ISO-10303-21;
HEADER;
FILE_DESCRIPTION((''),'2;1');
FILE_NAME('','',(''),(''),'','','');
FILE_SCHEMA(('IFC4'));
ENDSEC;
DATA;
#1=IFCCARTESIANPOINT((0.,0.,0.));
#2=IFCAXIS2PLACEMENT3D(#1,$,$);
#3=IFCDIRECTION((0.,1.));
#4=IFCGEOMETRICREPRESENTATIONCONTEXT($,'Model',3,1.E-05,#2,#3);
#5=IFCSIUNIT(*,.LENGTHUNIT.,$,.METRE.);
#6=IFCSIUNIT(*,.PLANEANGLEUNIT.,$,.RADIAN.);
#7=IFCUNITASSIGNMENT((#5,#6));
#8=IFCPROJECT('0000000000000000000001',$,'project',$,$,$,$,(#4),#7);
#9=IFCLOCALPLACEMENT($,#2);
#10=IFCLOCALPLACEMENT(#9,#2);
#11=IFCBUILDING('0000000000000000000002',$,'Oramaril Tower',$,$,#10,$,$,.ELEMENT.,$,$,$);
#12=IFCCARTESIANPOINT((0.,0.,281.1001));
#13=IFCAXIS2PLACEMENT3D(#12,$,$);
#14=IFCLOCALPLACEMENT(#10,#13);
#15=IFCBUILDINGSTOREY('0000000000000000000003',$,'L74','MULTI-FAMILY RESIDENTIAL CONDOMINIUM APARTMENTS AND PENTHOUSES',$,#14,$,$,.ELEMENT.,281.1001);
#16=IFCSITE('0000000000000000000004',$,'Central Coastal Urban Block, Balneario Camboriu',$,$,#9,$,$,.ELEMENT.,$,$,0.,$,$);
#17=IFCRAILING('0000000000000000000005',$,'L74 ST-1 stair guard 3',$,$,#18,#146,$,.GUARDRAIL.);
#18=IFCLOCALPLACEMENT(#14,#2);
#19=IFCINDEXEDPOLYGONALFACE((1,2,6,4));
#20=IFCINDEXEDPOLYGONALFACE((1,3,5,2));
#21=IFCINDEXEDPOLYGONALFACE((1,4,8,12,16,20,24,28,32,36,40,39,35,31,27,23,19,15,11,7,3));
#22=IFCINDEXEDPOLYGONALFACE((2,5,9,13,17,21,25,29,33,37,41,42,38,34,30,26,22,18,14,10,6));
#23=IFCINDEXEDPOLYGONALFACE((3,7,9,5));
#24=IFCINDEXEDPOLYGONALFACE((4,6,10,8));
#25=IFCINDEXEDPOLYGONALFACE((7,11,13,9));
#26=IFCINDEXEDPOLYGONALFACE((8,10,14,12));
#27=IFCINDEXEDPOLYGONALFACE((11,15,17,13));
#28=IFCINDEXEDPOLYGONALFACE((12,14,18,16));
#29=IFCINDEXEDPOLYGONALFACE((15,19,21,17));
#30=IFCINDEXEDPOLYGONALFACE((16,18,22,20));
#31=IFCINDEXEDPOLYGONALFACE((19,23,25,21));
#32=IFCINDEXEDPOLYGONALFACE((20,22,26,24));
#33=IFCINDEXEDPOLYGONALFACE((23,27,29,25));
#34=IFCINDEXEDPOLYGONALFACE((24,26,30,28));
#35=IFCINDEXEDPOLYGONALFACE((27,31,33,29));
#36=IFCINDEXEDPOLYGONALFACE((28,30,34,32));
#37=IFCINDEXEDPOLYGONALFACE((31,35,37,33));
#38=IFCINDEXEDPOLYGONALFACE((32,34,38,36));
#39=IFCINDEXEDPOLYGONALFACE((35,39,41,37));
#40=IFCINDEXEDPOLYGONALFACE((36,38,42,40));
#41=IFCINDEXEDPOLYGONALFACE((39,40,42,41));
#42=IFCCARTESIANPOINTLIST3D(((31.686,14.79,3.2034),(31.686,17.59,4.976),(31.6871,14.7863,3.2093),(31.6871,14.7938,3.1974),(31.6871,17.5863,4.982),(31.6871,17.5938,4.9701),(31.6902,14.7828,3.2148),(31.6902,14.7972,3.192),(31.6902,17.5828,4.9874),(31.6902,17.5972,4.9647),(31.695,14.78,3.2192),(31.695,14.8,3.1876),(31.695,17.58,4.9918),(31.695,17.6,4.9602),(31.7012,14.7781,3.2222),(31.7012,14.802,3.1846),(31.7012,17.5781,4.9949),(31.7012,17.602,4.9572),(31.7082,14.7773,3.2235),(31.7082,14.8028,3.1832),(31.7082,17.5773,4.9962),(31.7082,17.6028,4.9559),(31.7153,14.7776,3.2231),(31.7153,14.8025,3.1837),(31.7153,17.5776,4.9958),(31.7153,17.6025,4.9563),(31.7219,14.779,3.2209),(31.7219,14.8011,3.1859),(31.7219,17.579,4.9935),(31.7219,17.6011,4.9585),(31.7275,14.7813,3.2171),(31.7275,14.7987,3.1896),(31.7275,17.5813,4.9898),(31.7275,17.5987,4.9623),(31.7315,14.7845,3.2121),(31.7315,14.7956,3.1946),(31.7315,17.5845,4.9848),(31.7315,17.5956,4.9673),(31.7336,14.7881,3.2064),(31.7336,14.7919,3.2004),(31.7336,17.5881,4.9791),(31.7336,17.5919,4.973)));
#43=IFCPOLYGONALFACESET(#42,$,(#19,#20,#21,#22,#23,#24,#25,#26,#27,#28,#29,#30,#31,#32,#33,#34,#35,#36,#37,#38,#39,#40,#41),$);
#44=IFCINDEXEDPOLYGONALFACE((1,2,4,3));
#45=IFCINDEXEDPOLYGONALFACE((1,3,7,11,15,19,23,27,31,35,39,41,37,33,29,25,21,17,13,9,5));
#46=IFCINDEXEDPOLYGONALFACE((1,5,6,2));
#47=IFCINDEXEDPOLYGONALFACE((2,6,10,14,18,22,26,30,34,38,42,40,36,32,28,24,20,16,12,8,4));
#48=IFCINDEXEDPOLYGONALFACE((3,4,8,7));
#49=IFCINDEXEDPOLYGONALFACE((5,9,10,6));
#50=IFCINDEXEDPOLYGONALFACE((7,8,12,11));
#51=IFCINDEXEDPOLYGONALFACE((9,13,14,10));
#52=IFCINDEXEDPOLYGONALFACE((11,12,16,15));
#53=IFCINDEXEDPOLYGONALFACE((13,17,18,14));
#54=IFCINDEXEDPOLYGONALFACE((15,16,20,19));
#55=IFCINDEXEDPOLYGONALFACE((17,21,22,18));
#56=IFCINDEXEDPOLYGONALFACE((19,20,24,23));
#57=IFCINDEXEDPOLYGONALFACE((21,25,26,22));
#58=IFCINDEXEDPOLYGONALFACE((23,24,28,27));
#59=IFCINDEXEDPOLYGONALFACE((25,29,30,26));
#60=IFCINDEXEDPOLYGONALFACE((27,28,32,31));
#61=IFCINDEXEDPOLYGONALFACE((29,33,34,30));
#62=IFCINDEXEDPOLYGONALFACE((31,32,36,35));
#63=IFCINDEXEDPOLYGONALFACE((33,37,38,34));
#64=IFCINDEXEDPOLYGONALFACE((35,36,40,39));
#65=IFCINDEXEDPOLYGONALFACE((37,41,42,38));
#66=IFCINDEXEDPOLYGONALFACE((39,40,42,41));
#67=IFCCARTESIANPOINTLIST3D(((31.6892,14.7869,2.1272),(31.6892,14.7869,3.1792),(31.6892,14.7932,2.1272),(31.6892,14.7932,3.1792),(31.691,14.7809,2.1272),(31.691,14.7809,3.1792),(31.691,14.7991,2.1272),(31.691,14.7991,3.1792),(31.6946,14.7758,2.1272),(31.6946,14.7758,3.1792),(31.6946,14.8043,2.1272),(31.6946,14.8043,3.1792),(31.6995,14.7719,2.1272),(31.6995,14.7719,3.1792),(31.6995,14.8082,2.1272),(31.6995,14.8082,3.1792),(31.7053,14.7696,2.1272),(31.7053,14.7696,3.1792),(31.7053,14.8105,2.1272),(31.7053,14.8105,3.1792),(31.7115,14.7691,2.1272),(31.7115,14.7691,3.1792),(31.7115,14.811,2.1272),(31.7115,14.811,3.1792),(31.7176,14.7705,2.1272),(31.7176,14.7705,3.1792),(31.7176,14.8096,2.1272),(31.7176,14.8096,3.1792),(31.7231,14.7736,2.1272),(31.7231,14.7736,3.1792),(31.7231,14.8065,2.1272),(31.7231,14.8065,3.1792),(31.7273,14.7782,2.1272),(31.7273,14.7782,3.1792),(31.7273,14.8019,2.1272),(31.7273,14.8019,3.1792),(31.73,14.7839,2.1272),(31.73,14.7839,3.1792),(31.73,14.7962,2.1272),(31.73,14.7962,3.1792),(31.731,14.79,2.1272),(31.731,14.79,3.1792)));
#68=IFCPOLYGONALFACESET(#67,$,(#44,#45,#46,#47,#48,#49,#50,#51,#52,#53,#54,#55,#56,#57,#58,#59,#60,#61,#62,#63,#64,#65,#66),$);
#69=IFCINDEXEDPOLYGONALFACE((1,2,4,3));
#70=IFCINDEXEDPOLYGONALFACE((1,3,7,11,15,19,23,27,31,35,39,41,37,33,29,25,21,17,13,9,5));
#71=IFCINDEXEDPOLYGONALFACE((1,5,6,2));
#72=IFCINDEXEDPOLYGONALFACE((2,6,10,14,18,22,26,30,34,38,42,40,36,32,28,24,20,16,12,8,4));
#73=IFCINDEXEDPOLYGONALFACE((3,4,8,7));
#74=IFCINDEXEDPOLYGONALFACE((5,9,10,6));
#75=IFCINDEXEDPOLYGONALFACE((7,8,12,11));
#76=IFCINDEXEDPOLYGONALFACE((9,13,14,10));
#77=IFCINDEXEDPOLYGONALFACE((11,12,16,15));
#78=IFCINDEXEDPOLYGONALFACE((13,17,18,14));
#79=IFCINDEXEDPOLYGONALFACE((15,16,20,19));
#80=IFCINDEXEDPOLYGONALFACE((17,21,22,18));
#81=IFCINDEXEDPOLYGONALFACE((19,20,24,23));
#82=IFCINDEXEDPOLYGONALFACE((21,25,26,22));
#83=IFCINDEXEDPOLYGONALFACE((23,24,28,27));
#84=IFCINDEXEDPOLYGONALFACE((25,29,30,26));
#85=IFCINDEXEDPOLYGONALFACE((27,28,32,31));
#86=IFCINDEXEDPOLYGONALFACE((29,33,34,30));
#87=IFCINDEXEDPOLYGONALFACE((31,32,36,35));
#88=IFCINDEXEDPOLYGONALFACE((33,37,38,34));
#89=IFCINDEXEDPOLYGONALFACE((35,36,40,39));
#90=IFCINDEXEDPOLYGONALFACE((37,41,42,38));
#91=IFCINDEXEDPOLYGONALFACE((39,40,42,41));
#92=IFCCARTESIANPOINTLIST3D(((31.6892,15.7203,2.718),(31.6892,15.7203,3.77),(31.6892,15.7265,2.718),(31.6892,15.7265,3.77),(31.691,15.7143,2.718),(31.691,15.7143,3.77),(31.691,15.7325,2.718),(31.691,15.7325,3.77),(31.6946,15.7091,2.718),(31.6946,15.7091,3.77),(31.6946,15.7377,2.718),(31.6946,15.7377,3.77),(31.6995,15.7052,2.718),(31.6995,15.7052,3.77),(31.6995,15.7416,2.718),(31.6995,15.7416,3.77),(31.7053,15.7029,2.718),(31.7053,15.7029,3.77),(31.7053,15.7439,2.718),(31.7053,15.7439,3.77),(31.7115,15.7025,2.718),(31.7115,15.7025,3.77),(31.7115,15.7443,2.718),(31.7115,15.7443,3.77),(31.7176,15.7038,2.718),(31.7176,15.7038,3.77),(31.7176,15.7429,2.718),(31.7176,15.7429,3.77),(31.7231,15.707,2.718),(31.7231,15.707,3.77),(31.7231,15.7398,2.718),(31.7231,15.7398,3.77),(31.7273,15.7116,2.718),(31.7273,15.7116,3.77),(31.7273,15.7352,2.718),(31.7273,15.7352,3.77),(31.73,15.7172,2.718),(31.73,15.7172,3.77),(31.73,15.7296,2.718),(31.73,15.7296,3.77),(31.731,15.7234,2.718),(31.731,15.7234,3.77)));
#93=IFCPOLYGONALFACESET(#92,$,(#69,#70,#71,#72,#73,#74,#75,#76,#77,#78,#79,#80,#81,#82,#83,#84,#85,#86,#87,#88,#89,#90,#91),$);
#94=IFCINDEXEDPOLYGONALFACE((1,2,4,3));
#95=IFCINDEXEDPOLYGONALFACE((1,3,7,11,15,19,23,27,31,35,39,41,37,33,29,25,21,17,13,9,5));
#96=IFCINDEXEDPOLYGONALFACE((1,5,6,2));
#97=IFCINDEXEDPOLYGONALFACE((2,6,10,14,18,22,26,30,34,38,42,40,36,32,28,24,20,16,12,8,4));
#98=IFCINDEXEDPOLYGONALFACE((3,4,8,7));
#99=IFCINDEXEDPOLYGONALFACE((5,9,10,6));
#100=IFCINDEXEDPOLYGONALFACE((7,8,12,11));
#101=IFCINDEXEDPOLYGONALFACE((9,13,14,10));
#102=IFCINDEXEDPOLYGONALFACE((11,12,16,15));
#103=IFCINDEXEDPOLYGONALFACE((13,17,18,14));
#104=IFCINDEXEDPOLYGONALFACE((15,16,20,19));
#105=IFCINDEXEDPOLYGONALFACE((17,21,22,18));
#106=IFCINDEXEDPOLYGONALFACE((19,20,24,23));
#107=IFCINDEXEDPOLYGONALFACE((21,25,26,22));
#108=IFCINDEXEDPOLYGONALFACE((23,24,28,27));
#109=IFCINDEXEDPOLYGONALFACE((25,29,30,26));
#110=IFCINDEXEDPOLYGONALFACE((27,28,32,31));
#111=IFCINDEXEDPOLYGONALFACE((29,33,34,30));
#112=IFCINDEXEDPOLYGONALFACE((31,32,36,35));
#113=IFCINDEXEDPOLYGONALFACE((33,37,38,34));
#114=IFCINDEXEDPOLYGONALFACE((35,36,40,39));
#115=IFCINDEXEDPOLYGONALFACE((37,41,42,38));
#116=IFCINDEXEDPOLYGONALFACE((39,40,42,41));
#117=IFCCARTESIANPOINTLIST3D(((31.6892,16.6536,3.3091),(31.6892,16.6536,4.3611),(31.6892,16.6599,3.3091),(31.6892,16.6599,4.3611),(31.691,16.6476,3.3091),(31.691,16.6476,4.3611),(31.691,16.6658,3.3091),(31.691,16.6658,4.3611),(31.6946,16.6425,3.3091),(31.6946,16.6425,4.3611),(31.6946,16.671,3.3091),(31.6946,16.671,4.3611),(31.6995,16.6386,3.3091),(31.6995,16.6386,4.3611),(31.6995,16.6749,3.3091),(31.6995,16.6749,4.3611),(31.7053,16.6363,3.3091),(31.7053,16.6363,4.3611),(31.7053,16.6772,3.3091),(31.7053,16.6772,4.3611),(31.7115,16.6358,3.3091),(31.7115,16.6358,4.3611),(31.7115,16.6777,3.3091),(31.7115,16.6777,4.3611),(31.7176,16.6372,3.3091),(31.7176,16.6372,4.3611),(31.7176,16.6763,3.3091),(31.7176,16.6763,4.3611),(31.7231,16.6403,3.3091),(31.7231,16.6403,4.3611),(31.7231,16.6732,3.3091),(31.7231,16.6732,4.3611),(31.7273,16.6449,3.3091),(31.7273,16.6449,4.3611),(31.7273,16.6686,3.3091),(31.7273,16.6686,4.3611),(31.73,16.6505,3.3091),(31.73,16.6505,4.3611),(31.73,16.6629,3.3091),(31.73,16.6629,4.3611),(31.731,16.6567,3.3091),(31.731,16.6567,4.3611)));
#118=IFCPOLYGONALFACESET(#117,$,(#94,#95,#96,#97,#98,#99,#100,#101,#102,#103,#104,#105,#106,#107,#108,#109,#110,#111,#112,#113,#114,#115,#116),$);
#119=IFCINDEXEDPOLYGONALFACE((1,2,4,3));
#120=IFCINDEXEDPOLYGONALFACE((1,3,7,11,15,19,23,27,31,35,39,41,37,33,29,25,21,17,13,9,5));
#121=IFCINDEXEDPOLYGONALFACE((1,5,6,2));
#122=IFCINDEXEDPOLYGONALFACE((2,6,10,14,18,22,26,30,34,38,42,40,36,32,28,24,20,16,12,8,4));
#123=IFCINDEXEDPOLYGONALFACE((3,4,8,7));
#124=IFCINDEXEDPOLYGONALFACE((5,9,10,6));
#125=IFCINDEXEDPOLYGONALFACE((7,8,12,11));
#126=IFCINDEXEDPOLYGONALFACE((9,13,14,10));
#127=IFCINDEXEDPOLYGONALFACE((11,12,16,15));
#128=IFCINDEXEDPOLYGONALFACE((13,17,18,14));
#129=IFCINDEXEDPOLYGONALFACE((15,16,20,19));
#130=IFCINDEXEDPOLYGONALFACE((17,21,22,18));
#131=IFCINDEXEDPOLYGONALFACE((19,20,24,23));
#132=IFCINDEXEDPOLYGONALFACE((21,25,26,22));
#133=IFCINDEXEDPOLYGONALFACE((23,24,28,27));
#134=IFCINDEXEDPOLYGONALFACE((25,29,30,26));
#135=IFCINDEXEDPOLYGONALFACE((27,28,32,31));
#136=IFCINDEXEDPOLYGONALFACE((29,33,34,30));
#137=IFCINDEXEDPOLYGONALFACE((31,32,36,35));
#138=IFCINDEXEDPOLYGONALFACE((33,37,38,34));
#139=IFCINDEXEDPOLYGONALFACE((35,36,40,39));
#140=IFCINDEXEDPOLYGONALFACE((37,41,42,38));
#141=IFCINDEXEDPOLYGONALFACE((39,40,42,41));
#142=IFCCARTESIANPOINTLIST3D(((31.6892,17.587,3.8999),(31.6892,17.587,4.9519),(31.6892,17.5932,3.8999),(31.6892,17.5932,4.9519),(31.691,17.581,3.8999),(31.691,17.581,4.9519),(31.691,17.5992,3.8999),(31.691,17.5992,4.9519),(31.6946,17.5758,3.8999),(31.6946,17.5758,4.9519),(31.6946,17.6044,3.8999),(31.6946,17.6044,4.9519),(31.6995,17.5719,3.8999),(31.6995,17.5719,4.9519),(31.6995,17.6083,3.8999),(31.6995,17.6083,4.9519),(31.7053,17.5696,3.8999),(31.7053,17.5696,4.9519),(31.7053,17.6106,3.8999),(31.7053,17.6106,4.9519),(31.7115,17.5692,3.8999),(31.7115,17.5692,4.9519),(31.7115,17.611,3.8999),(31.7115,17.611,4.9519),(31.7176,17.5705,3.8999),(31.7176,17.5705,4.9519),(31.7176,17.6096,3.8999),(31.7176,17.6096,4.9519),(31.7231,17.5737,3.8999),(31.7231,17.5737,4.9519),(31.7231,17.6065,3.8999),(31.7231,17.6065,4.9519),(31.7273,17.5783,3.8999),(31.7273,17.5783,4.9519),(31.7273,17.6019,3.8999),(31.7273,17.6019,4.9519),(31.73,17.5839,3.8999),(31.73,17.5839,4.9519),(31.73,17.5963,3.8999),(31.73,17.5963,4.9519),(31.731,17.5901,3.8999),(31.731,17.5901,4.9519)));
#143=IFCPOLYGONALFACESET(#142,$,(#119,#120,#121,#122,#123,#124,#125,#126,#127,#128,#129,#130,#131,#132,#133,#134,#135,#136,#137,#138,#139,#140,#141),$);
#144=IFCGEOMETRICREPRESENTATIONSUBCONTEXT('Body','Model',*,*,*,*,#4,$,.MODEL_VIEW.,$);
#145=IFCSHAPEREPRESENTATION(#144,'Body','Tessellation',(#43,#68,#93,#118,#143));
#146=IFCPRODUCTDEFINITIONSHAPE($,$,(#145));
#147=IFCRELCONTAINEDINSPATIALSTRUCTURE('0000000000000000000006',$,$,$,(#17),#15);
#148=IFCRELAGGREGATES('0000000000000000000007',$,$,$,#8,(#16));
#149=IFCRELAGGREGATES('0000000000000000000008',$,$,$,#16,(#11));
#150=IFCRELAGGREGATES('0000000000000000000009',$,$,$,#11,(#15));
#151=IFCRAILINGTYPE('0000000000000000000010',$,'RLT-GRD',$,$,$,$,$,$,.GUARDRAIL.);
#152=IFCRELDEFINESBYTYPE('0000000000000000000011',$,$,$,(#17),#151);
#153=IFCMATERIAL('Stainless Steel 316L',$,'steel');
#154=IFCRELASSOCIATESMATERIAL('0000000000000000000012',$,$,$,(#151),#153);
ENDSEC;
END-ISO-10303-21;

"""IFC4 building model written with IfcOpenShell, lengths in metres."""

from ifc_helpers import new_model, si_unit, direction, frame, origin, origin_2d, place, context, subcontext, project, spatial, circle, extrude, material, type_object, element, save


model = new_model("IFC4")

# Units and contexts
model_context = context("Model", 3, precision=1e-05, world=origin(), true_north=direction((0.0, 1.0)))
body_context = subcontext(model_context, "Body", "Model", "MODEL_VIEW")
ifc_project = project(units=[si_unit("LENGTHUNIT", "METRE"), si_unit("PLANEANGLEUNIT", "RADIAN")], contexts=[model_context])

# Site, building, storey
site_placement = place(None, origin())
site = spatial("IfcSite", under=ifc_project, at=site_placement, Name="Central Coastal Urban Block, Balneario Camboriu", CompositionType="ELEMENT", RefElevation=0.0)
building_placement = place(site_placement, origin())
building = spatial("IfcBuilding", under=site, at=building_placement, Name="Oramaril Tower", CompositionType="ELEMENT")
storey_placement = place(building_placement, frame((0.0, 0.0, 281.1001)))
storey = spatial("IfcBuildingStorey", under=building, at=storey_placement, Name="L74", Description="MULTI-FAMILY RESIDENTIAL CONDOMINIUM APARTMENTS AND PENTHOUSES", CompositionType="ELEMENT", Elevation=281.1001)

# Railing
ifc_material_1 = material(Name="Stainless Steel 316L", Category="steel")
railing_type_1 = type_object("IfcRailingType", Name="RLT-GRD", PredefinedType="GUARDRAIL", material=ifc_material_1)
railing_1_placement = place(storey_placement, frame((31.71, 14.79, 2.1272)))
element("IfcRailing", 1, at=railing_1_placement, inside=storey, type_object=railing_type_1, Name="L74 ST-1 stair guard 3", PredefinedType="GUARDRAIL", context=body_context, shape_type="SweptSolid", body=[
    extrude(circle(Radius=0.0239, at=origin_2d()), frame((0.0, 0.0, 1.0762), z_axis=(0.0, 0.844909, 0.53491), x_axis=(-1.0, 0.0, 0.0)), (0.0, 0.0, 1.0), 3.314),
    extrude(circle(Radius=0.021, at=origin_2d()), origin(), (0.0, 0.0, 1.0), 1.052),
    extrude(circle(Radius=0.021, at=origin_2d()), frame((0.0, 0.9333, 0.5908)), (0.0, 0.0, 1.0), 1.052),
    extrude(circle(Radius=0.021, at=origin_2d()), frame((0.0, 1.8667, 1.1819)), (0.0, 0.0, 1.0), 1.052),
    extrude(circle(Radius=0.021, at=origin_2d()), frame((0.0, 2.8, 1.7727)), (0.0, 0.0, 1.0), 1.052),
])

save(model, "model.ifc")
